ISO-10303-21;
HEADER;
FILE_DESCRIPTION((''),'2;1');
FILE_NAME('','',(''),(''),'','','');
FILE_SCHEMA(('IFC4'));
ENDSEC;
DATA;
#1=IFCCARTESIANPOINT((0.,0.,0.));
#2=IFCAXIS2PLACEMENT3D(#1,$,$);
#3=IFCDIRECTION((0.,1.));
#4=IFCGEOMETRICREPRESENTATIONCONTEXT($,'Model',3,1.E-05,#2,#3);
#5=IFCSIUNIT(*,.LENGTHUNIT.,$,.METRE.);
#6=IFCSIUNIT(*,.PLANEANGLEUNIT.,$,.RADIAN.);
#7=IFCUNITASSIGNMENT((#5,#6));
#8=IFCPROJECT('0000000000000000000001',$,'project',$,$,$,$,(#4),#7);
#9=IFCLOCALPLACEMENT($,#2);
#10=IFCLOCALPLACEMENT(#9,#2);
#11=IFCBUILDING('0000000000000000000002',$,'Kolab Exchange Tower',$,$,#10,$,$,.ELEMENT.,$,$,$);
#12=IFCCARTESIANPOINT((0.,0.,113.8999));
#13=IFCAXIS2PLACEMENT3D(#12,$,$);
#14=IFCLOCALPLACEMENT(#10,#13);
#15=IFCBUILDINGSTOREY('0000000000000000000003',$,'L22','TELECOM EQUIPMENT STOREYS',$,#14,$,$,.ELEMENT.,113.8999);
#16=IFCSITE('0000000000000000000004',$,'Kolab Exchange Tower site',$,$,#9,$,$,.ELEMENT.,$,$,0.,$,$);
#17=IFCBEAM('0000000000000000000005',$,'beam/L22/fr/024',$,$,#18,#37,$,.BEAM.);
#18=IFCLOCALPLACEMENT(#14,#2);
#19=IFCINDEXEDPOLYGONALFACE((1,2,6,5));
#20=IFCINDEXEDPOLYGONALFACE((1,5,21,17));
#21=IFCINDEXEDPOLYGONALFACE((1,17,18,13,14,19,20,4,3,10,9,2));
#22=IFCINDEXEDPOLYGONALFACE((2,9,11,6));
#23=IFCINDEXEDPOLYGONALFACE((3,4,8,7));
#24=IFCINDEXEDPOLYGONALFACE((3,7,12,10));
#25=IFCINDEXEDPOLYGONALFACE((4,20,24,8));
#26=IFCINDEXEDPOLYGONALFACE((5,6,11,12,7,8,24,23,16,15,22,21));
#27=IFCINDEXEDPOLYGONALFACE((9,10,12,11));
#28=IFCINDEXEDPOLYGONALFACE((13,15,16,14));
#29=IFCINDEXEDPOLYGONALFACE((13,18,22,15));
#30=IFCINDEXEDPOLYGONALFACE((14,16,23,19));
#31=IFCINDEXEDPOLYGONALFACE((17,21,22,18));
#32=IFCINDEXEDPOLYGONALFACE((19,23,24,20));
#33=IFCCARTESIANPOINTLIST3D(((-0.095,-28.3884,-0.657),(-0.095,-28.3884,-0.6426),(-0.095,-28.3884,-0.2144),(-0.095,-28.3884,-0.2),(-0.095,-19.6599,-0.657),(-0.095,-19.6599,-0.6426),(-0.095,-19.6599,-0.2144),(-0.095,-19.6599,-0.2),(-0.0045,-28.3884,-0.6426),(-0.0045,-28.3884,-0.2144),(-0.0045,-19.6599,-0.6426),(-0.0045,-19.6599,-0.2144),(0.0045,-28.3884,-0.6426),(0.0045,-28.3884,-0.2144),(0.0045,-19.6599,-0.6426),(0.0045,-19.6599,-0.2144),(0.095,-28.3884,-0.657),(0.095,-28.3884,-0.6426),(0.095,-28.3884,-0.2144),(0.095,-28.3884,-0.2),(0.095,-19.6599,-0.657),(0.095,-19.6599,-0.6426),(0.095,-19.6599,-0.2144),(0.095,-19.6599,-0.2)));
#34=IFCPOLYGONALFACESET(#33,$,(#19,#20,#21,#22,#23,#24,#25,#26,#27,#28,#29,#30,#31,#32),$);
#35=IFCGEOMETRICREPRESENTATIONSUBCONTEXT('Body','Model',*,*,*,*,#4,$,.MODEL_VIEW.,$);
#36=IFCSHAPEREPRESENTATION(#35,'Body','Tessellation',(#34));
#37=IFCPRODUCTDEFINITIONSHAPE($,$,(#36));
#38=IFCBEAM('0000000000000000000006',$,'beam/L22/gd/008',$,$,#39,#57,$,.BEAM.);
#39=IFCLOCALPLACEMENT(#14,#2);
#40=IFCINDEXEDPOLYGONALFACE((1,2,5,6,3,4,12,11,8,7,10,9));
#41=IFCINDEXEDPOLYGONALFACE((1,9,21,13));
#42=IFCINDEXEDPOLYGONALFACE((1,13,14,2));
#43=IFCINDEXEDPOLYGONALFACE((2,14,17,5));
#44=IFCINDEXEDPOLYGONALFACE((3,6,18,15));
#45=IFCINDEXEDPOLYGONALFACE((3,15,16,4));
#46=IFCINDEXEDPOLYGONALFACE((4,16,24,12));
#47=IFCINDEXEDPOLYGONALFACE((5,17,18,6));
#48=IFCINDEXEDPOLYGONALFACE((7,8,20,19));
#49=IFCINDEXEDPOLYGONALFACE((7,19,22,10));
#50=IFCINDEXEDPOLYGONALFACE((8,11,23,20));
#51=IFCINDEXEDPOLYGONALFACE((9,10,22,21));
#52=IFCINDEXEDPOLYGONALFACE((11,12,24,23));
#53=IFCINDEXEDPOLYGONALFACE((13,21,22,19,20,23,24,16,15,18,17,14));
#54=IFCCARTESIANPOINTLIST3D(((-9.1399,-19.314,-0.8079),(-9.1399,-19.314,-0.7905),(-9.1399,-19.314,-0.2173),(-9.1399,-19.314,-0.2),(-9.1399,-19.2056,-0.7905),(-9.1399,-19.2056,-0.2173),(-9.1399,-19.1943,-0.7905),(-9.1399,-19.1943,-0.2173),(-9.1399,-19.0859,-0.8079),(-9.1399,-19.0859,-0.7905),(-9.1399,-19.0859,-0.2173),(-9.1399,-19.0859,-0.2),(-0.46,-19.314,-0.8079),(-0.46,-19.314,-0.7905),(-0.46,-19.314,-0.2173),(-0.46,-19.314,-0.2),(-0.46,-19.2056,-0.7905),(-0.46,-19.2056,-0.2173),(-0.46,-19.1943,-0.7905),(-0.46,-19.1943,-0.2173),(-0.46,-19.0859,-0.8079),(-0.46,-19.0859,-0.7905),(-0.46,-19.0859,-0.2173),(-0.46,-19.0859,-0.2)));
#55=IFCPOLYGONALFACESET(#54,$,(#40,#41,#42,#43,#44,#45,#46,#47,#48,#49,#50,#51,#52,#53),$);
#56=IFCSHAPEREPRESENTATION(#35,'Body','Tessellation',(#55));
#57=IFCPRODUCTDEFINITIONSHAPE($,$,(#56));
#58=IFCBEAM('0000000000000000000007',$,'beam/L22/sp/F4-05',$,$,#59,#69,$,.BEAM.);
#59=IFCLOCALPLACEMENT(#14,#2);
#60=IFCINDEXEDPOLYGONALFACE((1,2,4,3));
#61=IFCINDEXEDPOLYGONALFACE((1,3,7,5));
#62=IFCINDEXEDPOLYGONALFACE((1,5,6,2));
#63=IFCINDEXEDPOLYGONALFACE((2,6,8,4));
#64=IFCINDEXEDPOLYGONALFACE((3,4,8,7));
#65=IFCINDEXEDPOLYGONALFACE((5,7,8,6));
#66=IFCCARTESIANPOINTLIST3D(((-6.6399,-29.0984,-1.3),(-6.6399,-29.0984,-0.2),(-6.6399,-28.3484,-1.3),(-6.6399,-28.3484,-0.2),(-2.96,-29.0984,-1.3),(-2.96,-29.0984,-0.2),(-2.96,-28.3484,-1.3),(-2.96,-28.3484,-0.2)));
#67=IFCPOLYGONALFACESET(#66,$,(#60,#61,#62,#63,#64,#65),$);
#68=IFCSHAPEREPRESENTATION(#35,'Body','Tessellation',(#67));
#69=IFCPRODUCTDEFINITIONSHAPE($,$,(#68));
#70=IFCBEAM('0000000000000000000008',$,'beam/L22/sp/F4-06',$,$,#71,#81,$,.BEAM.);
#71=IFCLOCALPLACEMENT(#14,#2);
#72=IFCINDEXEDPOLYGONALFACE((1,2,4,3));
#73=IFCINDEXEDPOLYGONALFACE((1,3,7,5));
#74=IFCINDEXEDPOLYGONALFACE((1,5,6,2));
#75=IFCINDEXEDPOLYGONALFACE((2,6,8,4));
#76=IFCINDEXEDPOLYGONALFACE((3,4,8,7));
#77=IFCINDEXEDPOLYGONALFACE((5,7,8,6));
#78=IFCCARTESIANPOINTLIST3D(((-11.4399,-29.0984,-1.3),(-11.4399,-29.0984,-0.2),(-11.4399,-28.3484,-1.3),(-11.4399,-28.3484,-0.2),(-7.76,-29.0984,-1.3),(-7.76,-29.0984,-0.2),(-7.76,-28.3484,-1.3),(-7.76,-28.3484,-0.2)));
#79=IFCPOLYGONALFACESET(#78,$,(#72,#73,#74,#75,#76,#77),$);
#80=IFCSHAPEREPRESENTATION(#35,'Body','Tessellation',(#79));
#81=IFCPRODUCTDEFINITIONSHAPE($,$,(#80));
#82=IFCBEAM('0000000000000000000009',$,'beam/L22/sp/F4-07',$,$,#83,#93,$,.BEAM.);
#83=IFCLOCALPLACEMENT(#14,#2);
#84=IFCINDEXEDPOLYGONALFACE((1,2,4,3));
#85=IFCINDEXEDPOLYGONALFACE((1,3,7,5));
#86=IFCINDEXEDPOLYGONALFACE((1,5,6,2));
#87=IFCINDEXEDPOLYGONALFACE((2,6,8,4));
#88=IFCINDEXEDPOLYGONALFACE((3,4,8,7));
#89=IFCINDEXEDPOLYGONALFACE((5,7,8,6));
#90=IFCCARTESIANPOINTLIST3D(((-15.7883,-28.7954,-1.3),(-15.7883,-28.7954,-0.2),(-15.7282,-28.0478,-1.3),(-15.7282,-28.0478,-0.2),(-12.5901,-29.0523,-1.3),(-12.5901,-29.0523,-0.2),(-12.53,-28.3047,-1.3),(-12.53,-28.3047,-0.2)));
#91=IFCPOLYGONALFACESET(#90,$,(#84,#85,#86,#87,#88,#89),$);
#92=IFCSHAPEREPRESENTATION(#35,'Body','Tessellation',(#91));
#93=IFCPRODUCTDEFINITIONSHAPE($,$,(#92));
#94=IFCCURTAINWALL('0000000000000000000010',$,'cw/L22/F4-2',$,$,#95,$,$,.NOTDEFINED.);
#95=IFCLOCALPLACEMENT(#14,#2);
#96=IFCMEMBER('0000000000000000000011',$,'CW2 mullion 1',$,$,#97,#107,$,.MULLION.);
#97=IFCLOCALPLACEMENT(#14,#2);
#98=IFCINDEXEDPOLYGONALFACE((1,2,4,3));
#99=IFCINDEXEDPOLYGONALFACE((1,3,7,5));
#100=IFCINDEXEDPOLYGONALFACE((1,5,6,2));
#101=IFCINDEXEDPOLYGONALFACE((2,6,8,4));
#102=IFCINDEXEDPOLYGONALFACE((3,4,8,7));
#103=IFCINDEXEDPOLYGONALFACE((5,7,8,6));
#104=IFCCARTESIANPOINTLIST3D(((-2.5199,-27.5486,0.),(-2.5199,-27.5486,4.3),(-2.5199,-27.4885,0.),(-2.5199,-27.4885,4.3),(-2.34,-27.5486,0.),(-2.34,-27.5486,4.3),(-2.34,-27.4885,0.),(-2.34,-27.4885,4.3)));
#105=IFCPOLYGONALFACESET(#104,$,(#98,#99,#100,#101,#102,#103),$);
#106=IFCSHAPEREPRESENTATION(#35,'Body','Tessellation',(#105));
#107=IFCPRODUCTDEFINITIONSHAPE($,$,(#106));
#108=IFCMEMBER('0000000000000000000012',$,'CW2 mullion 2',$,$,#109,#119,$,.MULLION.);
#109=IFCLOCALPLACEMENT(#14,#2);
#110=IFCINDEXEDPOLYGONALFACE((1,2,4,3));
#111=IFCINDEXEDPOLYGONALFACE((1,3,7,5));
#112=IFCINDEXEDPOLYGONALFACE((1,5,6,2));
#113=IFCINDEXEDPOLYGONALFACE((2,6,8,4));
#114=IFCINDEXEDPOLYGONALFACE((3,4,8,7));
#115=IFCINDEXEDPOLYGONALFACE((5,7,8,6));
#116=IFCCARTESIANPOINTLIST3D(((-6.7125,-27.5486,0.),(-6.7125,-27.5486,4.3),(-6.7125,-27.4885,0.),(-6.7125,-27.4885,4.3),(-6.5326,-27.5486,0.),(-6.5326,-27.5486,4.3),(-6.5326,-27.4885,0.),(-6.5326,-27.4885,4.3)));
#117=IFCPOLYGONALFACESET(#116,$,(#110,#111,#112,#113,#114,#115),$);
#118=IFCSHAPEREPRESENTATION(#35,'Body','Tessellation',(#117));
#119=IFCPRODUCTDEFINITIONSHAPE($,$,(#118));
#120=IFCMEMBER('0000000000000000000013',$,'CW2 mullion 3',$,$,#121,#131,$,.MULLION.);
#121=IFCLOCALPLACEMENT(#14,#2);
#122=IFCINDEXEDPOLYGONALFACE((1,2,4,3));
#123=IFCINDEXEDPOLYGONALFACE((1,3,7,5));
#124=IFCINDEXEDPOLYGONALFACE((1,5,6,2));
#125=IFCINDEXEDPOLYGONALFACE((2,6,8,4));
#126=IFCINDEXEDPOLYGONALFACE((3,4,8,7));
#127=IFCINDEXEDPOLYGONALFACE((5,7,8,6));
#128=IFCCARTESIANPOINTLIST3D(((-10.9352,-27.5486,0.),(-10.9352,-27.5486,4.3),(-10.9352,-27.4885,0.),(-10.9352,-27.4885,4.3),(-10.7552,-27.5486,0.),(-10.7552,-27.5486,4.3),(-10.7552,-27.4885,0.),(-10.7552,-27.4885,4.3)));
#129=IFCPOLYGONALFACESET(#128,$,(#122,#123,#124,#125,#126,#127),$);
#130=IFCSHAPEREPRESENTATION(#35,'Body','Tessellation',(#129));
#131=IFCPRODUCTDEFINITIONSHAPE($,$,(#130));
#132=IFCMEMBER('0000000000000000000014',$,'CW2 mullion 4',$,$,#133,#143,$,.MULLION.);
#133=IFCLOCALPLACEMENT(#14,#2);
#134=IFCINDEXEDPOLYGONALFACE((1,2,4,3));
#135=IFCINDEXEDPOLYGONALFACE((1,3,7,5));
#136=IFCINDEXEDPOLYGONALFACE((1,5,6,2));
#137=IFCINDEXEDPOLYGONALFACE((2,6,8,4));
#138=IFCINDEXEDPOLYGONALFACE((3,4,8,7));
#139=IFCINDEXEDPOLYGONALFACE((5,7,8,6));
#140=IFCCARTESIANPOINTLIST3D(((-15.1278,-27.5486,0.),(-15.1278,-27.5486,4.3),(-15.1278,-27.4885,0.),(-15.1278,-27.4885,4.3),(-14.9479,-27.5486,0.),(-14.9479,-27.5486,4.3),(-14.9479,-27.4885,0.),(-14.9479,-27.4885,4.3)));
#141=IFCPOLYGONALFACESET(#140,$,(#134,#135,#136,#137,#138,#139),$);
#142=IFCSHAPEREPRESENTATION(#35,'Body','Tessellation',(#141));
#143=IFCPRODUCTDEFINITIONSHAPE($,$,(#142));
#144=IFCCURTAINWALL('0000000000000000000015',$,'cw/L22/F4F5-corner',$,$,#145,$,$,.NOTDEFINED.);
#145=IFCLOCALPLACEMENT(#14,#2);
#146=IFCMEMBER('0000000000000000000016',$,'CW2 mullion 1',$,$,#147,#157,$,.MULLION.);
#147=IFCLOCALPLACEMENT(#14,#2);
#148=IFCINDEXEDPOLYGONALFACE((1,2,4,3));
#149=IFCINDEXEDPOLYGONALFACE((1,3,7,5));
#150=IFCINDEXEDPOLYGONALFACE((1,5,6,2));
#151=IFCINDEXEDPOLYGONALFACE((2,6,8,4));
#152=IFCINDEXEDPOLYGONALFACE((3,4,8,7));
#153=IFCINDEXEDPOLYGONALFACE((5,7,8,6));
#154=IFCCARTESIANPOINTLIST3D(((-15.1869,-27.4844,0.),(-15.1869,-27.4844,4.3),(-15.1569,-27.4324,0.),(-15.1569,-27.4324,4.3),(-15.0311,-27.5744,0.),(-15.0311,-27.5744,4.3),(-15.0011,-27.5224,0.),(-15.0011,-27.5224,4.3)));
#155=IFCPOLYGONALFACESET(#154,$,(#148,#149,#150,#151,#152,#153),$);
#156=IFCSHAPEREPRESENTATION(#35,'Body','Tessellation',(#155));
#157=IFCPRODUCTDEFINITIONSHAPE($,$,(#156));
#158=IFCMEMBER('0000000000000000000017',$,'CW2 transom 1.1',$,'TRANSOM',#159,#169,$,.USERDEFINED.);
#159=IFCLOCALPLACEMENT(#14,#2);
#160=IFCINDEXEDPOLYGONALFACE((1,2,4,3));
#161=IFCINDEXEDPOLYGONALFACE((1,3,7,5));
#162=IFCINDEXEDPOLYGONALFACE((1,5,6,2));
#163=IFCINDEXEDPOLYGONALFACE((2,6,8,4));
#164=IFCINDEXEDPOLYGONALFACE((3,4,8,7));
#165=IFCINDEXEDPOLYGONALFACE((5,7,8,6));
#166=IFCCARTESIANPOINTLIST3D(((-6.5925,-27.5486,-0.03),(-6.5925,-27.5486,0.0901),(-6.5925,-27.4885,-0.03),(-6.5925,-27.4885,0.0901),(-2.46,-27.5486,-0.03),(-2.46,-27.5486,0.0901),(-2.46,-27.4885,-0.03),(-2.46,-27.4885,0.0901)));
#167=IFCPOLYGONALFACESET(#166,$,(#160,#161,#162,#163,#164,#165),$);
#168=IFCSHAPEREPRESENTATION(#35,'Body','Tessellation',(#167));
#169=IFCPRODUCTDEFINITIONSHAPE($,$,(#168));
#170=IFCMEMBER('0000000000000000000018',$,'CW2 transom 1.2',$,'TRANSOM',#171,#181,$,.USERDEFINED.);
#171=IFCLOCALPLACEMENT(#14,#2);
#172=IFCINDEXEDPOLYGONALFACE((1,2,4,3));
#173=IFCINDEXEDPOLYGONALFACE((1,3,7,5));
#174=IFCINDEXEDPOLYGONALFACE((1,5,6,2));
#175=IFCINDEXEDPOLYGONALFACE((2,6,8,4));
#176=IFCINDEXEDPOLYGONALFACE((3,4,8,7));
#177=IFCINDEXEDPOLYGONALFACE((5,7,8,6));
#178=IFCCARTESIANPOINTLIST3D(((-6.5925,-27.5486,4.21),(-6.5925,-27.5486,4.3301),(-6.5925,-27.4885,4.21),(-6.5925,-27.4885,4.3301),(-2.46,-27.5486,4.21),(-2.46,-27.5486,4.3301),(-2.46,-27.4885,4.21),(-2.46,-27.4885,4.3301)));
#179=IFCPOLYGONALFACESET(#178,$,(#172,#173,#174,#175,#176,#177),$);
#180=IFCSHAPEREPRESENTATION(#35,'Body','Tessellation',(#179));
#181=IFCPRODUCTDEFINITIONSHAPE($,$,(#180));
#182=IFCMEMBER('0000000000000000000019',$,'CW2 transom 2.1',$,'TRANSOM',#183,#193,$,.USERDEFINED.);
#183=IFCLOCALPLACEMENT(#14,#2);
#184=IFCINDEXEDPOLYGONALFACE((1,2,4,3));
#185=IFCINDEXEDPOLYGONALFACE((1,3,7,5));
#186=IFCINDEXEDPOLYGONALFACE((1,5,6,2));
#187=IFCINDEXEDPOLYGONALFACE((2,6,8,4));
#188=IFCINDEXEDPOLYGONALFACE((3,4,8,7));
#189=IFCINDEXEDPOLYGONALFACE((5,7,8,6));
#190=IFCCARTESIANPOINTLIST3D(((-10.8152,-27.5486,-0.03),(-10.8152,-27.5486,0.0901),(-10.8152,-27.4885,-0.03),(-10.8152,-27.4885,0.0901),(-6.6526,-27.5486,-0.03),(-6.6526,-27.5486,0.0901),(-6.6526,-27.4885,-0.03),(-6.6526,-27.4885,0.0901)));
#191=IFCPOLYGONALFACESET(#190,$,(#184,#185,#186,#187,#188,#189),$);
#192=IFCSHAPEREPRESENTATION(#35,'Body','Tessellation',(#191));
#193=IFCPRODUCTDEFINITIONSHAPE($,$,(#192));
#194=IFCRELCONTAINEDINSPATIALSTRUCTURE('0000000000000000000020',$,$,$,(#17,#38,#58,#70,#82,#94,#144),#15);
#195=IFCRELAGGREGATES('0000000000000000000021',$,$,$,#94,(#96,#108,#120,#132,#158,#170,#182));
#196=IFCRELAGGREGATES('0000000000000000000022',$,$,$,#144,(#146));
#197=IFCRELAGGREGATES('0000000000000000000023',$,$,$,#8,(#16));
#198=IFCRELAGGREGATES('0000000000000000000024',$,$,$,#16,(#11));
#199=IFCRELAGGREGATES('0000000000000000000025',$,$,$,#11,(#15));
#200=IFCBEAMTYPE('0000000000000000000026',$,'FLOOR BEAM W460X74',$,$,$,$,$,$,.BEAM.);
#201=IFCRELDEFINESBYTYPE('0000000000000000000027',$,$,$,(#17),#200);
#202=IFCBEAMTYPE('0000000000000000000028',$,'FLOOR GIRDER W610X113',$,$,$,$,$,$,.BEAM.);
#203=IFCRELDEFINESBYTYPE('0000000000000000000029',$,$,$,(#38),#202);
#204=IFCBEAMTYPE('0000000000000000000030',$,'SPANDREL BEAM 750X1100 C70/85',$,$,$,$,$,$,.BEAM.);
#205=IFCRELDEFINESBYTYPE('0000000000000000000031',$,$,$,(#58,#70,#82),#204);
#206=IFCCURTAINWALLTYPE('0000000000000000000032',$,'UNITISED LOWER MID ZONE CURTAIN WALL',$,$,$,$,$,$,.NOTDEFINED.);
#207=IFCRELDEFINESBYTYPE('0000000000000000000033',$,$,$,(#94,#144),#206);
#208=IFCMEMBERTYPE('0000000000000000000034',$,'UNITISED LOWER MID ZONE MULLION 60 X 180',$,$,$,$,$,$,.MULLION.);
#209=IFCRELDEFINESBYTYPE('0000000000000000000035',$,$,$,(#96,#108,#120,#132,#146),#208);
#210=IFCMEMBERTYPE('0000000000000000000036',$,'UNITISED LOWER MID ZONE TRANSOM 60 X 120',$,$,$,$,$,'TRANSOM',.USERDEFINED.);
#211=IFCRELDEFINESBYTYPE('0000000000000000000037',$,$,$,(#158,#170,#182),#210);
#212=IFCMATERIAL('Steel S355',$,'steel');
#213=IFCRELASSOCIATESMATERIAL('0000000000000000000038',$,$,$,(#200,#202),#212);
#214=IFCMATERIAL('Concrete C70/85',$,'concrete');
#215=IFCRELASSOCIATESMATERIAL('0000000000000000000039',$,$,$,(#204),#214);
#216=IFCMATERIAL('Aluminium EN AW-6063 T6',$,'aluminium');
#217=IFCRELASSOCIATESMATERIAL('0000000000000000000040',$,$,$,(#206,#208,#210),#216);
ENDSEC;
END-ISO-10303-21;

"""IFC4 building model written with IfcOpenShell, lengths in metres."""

from ifc_helpers import new_model, si_unit, direction, frame, origin, origin_2d, place, context, subcontext, project, spatial, rectangle, i_section, extrude, material, material_profile, profile_set, type_object, element, aggregate, save


model = new_model("IFC4")

# Units and contexts
model_context = context("Model", 3, precision=1e-05, world=origin(), true_north=direction((0.0, 1.0)))
body_context = subcontext(model_context, "Body", "Model", "MODEL_VIEW")
ifc_project = project(units=[si_unit("LENGTHUNIT", "METRE"), si_unit("PLANEANGLEUNIT", "RADIAN")], contexts=[model_context])

# Site, building, storey
site_placement = place(None, origin())
site = spatial("IfcSite", under=ifc_project, at=site_placement, Name="Kolab Exchange Tower site", CompositionType="ELEMENT", RefElevation=0.0)
building_placement = place(site_placement, origin())
building = spatial("IfcBuilding", under=site, at=building_placement, Name="Kolab Exchange Tower", CompositionType="ELEMENT")
storey_placement = place(building_placement, frame((0.0, 0.0, 113.8999)))
storey = spatial("IfcBuildingStorey", under=building, at=storey_placement, Name="L22", Description="TELECOM EQUIPMENT STOREYS", CompositionType="ELEMENT", Elevation=113.8999)

# Shared definitions
ifc_material_1 = material(Name="Concrete C70/85", Category="concrete")

# Beams
ifc_material_2 = material(Name="Steel S355", Category="steel")
ifc_material_profile_1 = material_profile(ifc_material_2, i_section(OverallWidth=0.1899, OverallDepth=0.457, WebThickness=0.009, FlangeThickness=0.0144, at=origin_2d()), Name="W460X74")
ifc_profile_set_1 = profile_set([ifc_material_profile_1], Name="Steel S355")
beam_type_1 = type_object("IfcBeamType", Name="FLOOR BEAM W460X74", PredefinedType="BEAM", material=ifc_profile_set_1)
beam_1_placement = place(storey_placement, frame((0.0, -28.3884, -0.4285), z_axis=(0.0, 1.0, 0.0), x_axis=(-1.0, 0.0, 0.0)))
element("IfcBeam", 1, at=beam_1_placement, inside=storey, type_object=beam_type_1, Name="beam/L22/fr/024", PredefinedType="BEAM", context=body_context, shape_type="SweptSolid", body=[
    extrude(i_section(OverallWidth=0.1899, OverallDepth=0.457, WebThickness=0.009, FlangeThickness=0.0144, at=origin_2d()), origin(), (0.0, 0.0, 1.0), 8.7285),
])
ifc_material_profile_2 = material_profile(ifc_material_2, i_section(OverallWidth=0.228, OverallDepth=0.6079, WebThickness=0.0112, FlangeThickness=0.0173, at=origin_2d()), Name="W610X113")
ifc_profile_set_2 = profile_set([ifc_material_profile_2], Name="Steel S355")
beam_type_2 = type_object("IfcBeamType", Name="FLOOR GIRDER W610X113", PredefinedType="BEAM", material=ifc_profile_set_2)
beam_2_placement = place(storey_placement, frame((-9.1399, -19.2, -0.5039), z_axis=(1.0, 0.0, 0.0), x_axis=(0.0, 1.0, 0.0)))
element("IfcBeam", 2, at=beam_2_placement, inside=storey, type_object=beam_type_2, Name="beam/L22/gd/008", PredefinedType="BEAM", context=body_context, shape_type="SweptSolid", body=[
    extrude(i_section(OverallWidth=0.228, OverallDepth=0.6079, WebThickness=0.0112, FlangeThickness=0.0173, at=origin_2d()), origin(), (0.0, 0.0, 1.0), 8.6799),
])
ifc_material_profile_3 = material_profile(ifc_material_1, rectangle(XDim=0.75, YDim=1.1001, at=origin_2d()), Name="RC750X1100")
ifc_profile_set_3 = profile_set([ifc_material_profile_3], Name="Concrete C70/85")
beam_type_3 = type_object("IfcBeamType", Name="SPANDREL BEAM 750X1100 C70/85", PredefinedType="BEAM", material=ifc_profile_set_3)
for number, where, z_axis, x_axis, name in (
    (3, (-2.96, -28.7234, -0.75), (-1.0, 0.0, 0.0), (0.0, -1.0, 0.0), "beam/L22/sp/F4-05"),
    (4, (-7.76, -28.7234, -0.75), (-1.0, 0.0, 0.0), (0.0, -1.0, 0.0), "beam/L22/sp/F4-06"),
):
    element("IfcBeam", number, at=place(storey_placement, frame(where, z_axis=z_axis, x_axis=x_axis)), inside=storey, type_object=beam_type_3, Name=name, PredefinedType="BEAM", context=body_context, shape_type="SweptSolid", body=[
        extrude(rectangle(XDim=0.75, YDim=1.1001, at=origin_2d()), origin(), (0.0, 0.0, 1.0), 3.6799),
    ])
beam_3_placement = place(storey_placement, frame((-12.5601, -28.6785, -0.75), z_axis=(-0.996791, 0.080048, 0.0), x_axis=(-0.080048, -0.996791, 0.0)))
element("IfcBeam", 5, at=beam_3_placement, inside=storey, type_object=beam_type_3, Name="beam/L22/sp/F4-07", PredefinedType="BEAM", context=body_context, shape_type="SweptSolid", body=[
    extrude(rectangle(XDim=0.75, YDim=1.1001, at=origin_2d()), origin(), (0.0, 0.0, 1.0), 3.2085),
])

# Curtain wall, members
ifc_material_3 = material(Name="Aluminium EN AW-6063 T6", Category="aluminium")
curtain_wall_type = type_object("IfcCurtainWallType", Name="UNITISED LOWER MID ZONE CURTAIN WALL", PredefinedType="NOTDEFINED", material=ifc_material_3)
curtain_wall_1_placement = place(storey_placement, origin())
curtain_wall_1 = element("IfcCurtainWall", 6, at=curtain_wall_1_placement, inside=storey, type_object=curtain_wall_type, Name="cw/L22/F4-2", PredefinedType="NOTDEFINED")
ifc_material_profile_4 = material_profile(ifc_material_3, rectangle(XDim=0.0601, YDim=0.1799, at=origin_2d()), Name="RECT 60X180")
ifc_profile_set_4 = profile_set([ifc_material_profile_4], Name="Aluminium EN AW-6063 T6")
member_type_1 = type_object("IfcMemberType", Name="UNITISED LOWER MID ZONE MULLION 60 X 180", PredefinedType="MULLION", material=ifc_profile_set_4)
member_1_placement = place(storey_placement, frame((-2.4299, -27.5186, 0.0), z_axis=(0.0, 0.0, 1.0), x_axis=(0.0, -1.0, 0.0)))
member_1 = element("IfcMember", 7, at=member_1_placement, type_object=member_type_1, Name="CW2 mullion 1", PredefinedType="MULLION", context=body_context, shape_type="SweptSolid", body=[
    extrude(rectangle(XDim=0.0601, YDim=0.1799, at=origin_2d()), origin(), (0.0, 0.0, 1.0), 4.3),
])
member_2_placement = place(storey_placement, frame((-6.6226, -27.5186, 0.0), z_axis=(0.0, 0.0, 1.0), x_axis=(0.0, -1.0, 0.0)))
member_2 = element("IfcMember", 8, at=member_2_placement, type_object=member_type_1, Name="CW2 mullion 2", PredefinedType="MULLION", context=body_context, shape_type="SweptSolid", body=[
    extrude(rectangle(XDim=0.0601, YDim=0.1799, at=origin_2d()), origin(), (0.0, 0.0, 1.0), 4.3),
])
member_3_placement = place(storey_placement, frame((-10.8452, -27.5186, 0.0), z_axis=(0.0, 0.0, 1.0), x_axis=(0.0, -1.0, 0.0)))
member_3 = element("IfcMember", 9, at=member_3_placement, type_object=member_type_1, Name="CW2 mullion 3", PredefinedType="MULLION", context=body_context, shape_type="SweptSolid", body=[
    extrude(rectangle(XDim=0.0601, YDim=0.1799, at=origin_2d()), origin(), (0.0, 0.0, 1.0), 4.3),
])
member_4_placement = place(storey_placement, frame((-15.0378, -27.5186, 0.0), z_axis=(0.0, 0.0, 1.0), x_axis=(0.0, -1.0, 0.0)))
member_4 = element("IfcMember", 10, at=member_4_placement, type_object=member_type_1, Name="CW2 mullion 4", PredefinedType="MULLION", context=body_context, shape_type="SweptSolid", body=[
    extrude(rectangle(XDim=0.0601, YDim=0.1799, at=origin_2d()), origin(), (0.0, 0.0, 1.0), 4.3),
])

# Curtain wall, member
curtain_wall_2_placement = place(storey_placement, origin())
curtain_wall_2 = element("IfcCurtainWall", 11, at=curtain_wall_2_placement, inside=storey, type_object=curtain_wall_type, Name="cw/L22/F4F5-corner", PredefinedType="NOTDEFINED")
member_5_placement = place(storey_placement, frame((-15.094, -27.5034, 0.0), z_axis=(0.0, 0.0, 1.0), x_axis=(-0.5, -0.866025, 0.0)))
member_5 = element("IfcMember", 12, at=member_5_placement, type_object=member_type_1, Name="CW2 mullion 1", PredefinedType="MULLION", context=body_context, shape_type="SweptSolid", body=[
    extrude(rectangle(XDim=0.0601, YDim=0.1799, at=origin_2d()), origin(), (0.0, 0.0, 1.0), 4.3),
])

# Members
ifc_material_profile_5 = material_profile(ifc_material_3, rectangle(XDim=0.0601, YDim=0.1201, at=origin_2d()), Name="RECT 60X120")
ifc_profile_set_5 = profile_set([ifc_material_profile_5], Name="Aluminium EN AW-6063 T6")
member_type_2 = type_object("IfcMemberType", Name="UNITISED LOWER MID ZONE TRANSOM 60 X 120", ElementType="TRANSOM", PredefinedType="USERDEFINED", material=ifc_profile_set_5)
member_6_placement = place(storey_placement, frame((-2.46, -27.5186, 0.03), z_axis=(-1.0, 0.0, 0.0), x_axis=(0.0, -1.0, 0.0)))
member_6 = element("IfcMember", 13, at=member_6_placement, type_object=member_type_2, Name="CW2 transom 1.1", ObjectType="TRANSOM", PredefinedType="USERDEFINED", context=body_context, shape_type="SweptSolid", body=[
    extrude(rectangle(XDim=0.0601, YDim=0.1201, at=origin_2d()), origin(), (0.0, 0.0, 1.0), 4.1326),
])
member_7_placement = place(storey_placement, frame((-2.46, -27.5186, 4.27), z_axis=(-1.0, 0.0, 0.0), x_axis=(0.0, -1.0, 0.0)))
member_7 = element("IfcMember", 14, at=member_7_placement, type_object=member_type_2, Name="CW2 transom 1.2", ObjectType="TRANSOM", PredefinedType="USERDEFINED", context=body_context, shape_type="SweptSolid", body=[
    extrude(rectangle(XDim=0.0601, YDim=0.1201, at=origin_2d()), origin(), (0.0, 0.0, 1.0), 4.1326),
])
member_8_placement = place(storey_placement, frame((-6.6526, -27.5186, 0.03), z_axis=(-1.0, 0.0, 0.0), x_axis=(0.0, -1.0, 0.0)))
member_8 = element("IfcMember", 15, at=member_8_placement, type_object=member_type_2, Name="CW2 transom 2.1", ObjectType="TRANSOM", PredefinedType="USERDEFINED", context=body_context, shape_type="SweptSolid", body=[
    extrude(rectangle(XDim=0.0601, YDim=0.1201, at=origin_2d()), origin(), (0.0, 0.0, 1.0), 4.1626),
])

aggregate(curtain_wall_1, [member_1, member_2, member_3, member_4, member_6, member_7, member_8])
aggregate(curtain_wall_2, [member_5])

save(model, "model.ifc")
